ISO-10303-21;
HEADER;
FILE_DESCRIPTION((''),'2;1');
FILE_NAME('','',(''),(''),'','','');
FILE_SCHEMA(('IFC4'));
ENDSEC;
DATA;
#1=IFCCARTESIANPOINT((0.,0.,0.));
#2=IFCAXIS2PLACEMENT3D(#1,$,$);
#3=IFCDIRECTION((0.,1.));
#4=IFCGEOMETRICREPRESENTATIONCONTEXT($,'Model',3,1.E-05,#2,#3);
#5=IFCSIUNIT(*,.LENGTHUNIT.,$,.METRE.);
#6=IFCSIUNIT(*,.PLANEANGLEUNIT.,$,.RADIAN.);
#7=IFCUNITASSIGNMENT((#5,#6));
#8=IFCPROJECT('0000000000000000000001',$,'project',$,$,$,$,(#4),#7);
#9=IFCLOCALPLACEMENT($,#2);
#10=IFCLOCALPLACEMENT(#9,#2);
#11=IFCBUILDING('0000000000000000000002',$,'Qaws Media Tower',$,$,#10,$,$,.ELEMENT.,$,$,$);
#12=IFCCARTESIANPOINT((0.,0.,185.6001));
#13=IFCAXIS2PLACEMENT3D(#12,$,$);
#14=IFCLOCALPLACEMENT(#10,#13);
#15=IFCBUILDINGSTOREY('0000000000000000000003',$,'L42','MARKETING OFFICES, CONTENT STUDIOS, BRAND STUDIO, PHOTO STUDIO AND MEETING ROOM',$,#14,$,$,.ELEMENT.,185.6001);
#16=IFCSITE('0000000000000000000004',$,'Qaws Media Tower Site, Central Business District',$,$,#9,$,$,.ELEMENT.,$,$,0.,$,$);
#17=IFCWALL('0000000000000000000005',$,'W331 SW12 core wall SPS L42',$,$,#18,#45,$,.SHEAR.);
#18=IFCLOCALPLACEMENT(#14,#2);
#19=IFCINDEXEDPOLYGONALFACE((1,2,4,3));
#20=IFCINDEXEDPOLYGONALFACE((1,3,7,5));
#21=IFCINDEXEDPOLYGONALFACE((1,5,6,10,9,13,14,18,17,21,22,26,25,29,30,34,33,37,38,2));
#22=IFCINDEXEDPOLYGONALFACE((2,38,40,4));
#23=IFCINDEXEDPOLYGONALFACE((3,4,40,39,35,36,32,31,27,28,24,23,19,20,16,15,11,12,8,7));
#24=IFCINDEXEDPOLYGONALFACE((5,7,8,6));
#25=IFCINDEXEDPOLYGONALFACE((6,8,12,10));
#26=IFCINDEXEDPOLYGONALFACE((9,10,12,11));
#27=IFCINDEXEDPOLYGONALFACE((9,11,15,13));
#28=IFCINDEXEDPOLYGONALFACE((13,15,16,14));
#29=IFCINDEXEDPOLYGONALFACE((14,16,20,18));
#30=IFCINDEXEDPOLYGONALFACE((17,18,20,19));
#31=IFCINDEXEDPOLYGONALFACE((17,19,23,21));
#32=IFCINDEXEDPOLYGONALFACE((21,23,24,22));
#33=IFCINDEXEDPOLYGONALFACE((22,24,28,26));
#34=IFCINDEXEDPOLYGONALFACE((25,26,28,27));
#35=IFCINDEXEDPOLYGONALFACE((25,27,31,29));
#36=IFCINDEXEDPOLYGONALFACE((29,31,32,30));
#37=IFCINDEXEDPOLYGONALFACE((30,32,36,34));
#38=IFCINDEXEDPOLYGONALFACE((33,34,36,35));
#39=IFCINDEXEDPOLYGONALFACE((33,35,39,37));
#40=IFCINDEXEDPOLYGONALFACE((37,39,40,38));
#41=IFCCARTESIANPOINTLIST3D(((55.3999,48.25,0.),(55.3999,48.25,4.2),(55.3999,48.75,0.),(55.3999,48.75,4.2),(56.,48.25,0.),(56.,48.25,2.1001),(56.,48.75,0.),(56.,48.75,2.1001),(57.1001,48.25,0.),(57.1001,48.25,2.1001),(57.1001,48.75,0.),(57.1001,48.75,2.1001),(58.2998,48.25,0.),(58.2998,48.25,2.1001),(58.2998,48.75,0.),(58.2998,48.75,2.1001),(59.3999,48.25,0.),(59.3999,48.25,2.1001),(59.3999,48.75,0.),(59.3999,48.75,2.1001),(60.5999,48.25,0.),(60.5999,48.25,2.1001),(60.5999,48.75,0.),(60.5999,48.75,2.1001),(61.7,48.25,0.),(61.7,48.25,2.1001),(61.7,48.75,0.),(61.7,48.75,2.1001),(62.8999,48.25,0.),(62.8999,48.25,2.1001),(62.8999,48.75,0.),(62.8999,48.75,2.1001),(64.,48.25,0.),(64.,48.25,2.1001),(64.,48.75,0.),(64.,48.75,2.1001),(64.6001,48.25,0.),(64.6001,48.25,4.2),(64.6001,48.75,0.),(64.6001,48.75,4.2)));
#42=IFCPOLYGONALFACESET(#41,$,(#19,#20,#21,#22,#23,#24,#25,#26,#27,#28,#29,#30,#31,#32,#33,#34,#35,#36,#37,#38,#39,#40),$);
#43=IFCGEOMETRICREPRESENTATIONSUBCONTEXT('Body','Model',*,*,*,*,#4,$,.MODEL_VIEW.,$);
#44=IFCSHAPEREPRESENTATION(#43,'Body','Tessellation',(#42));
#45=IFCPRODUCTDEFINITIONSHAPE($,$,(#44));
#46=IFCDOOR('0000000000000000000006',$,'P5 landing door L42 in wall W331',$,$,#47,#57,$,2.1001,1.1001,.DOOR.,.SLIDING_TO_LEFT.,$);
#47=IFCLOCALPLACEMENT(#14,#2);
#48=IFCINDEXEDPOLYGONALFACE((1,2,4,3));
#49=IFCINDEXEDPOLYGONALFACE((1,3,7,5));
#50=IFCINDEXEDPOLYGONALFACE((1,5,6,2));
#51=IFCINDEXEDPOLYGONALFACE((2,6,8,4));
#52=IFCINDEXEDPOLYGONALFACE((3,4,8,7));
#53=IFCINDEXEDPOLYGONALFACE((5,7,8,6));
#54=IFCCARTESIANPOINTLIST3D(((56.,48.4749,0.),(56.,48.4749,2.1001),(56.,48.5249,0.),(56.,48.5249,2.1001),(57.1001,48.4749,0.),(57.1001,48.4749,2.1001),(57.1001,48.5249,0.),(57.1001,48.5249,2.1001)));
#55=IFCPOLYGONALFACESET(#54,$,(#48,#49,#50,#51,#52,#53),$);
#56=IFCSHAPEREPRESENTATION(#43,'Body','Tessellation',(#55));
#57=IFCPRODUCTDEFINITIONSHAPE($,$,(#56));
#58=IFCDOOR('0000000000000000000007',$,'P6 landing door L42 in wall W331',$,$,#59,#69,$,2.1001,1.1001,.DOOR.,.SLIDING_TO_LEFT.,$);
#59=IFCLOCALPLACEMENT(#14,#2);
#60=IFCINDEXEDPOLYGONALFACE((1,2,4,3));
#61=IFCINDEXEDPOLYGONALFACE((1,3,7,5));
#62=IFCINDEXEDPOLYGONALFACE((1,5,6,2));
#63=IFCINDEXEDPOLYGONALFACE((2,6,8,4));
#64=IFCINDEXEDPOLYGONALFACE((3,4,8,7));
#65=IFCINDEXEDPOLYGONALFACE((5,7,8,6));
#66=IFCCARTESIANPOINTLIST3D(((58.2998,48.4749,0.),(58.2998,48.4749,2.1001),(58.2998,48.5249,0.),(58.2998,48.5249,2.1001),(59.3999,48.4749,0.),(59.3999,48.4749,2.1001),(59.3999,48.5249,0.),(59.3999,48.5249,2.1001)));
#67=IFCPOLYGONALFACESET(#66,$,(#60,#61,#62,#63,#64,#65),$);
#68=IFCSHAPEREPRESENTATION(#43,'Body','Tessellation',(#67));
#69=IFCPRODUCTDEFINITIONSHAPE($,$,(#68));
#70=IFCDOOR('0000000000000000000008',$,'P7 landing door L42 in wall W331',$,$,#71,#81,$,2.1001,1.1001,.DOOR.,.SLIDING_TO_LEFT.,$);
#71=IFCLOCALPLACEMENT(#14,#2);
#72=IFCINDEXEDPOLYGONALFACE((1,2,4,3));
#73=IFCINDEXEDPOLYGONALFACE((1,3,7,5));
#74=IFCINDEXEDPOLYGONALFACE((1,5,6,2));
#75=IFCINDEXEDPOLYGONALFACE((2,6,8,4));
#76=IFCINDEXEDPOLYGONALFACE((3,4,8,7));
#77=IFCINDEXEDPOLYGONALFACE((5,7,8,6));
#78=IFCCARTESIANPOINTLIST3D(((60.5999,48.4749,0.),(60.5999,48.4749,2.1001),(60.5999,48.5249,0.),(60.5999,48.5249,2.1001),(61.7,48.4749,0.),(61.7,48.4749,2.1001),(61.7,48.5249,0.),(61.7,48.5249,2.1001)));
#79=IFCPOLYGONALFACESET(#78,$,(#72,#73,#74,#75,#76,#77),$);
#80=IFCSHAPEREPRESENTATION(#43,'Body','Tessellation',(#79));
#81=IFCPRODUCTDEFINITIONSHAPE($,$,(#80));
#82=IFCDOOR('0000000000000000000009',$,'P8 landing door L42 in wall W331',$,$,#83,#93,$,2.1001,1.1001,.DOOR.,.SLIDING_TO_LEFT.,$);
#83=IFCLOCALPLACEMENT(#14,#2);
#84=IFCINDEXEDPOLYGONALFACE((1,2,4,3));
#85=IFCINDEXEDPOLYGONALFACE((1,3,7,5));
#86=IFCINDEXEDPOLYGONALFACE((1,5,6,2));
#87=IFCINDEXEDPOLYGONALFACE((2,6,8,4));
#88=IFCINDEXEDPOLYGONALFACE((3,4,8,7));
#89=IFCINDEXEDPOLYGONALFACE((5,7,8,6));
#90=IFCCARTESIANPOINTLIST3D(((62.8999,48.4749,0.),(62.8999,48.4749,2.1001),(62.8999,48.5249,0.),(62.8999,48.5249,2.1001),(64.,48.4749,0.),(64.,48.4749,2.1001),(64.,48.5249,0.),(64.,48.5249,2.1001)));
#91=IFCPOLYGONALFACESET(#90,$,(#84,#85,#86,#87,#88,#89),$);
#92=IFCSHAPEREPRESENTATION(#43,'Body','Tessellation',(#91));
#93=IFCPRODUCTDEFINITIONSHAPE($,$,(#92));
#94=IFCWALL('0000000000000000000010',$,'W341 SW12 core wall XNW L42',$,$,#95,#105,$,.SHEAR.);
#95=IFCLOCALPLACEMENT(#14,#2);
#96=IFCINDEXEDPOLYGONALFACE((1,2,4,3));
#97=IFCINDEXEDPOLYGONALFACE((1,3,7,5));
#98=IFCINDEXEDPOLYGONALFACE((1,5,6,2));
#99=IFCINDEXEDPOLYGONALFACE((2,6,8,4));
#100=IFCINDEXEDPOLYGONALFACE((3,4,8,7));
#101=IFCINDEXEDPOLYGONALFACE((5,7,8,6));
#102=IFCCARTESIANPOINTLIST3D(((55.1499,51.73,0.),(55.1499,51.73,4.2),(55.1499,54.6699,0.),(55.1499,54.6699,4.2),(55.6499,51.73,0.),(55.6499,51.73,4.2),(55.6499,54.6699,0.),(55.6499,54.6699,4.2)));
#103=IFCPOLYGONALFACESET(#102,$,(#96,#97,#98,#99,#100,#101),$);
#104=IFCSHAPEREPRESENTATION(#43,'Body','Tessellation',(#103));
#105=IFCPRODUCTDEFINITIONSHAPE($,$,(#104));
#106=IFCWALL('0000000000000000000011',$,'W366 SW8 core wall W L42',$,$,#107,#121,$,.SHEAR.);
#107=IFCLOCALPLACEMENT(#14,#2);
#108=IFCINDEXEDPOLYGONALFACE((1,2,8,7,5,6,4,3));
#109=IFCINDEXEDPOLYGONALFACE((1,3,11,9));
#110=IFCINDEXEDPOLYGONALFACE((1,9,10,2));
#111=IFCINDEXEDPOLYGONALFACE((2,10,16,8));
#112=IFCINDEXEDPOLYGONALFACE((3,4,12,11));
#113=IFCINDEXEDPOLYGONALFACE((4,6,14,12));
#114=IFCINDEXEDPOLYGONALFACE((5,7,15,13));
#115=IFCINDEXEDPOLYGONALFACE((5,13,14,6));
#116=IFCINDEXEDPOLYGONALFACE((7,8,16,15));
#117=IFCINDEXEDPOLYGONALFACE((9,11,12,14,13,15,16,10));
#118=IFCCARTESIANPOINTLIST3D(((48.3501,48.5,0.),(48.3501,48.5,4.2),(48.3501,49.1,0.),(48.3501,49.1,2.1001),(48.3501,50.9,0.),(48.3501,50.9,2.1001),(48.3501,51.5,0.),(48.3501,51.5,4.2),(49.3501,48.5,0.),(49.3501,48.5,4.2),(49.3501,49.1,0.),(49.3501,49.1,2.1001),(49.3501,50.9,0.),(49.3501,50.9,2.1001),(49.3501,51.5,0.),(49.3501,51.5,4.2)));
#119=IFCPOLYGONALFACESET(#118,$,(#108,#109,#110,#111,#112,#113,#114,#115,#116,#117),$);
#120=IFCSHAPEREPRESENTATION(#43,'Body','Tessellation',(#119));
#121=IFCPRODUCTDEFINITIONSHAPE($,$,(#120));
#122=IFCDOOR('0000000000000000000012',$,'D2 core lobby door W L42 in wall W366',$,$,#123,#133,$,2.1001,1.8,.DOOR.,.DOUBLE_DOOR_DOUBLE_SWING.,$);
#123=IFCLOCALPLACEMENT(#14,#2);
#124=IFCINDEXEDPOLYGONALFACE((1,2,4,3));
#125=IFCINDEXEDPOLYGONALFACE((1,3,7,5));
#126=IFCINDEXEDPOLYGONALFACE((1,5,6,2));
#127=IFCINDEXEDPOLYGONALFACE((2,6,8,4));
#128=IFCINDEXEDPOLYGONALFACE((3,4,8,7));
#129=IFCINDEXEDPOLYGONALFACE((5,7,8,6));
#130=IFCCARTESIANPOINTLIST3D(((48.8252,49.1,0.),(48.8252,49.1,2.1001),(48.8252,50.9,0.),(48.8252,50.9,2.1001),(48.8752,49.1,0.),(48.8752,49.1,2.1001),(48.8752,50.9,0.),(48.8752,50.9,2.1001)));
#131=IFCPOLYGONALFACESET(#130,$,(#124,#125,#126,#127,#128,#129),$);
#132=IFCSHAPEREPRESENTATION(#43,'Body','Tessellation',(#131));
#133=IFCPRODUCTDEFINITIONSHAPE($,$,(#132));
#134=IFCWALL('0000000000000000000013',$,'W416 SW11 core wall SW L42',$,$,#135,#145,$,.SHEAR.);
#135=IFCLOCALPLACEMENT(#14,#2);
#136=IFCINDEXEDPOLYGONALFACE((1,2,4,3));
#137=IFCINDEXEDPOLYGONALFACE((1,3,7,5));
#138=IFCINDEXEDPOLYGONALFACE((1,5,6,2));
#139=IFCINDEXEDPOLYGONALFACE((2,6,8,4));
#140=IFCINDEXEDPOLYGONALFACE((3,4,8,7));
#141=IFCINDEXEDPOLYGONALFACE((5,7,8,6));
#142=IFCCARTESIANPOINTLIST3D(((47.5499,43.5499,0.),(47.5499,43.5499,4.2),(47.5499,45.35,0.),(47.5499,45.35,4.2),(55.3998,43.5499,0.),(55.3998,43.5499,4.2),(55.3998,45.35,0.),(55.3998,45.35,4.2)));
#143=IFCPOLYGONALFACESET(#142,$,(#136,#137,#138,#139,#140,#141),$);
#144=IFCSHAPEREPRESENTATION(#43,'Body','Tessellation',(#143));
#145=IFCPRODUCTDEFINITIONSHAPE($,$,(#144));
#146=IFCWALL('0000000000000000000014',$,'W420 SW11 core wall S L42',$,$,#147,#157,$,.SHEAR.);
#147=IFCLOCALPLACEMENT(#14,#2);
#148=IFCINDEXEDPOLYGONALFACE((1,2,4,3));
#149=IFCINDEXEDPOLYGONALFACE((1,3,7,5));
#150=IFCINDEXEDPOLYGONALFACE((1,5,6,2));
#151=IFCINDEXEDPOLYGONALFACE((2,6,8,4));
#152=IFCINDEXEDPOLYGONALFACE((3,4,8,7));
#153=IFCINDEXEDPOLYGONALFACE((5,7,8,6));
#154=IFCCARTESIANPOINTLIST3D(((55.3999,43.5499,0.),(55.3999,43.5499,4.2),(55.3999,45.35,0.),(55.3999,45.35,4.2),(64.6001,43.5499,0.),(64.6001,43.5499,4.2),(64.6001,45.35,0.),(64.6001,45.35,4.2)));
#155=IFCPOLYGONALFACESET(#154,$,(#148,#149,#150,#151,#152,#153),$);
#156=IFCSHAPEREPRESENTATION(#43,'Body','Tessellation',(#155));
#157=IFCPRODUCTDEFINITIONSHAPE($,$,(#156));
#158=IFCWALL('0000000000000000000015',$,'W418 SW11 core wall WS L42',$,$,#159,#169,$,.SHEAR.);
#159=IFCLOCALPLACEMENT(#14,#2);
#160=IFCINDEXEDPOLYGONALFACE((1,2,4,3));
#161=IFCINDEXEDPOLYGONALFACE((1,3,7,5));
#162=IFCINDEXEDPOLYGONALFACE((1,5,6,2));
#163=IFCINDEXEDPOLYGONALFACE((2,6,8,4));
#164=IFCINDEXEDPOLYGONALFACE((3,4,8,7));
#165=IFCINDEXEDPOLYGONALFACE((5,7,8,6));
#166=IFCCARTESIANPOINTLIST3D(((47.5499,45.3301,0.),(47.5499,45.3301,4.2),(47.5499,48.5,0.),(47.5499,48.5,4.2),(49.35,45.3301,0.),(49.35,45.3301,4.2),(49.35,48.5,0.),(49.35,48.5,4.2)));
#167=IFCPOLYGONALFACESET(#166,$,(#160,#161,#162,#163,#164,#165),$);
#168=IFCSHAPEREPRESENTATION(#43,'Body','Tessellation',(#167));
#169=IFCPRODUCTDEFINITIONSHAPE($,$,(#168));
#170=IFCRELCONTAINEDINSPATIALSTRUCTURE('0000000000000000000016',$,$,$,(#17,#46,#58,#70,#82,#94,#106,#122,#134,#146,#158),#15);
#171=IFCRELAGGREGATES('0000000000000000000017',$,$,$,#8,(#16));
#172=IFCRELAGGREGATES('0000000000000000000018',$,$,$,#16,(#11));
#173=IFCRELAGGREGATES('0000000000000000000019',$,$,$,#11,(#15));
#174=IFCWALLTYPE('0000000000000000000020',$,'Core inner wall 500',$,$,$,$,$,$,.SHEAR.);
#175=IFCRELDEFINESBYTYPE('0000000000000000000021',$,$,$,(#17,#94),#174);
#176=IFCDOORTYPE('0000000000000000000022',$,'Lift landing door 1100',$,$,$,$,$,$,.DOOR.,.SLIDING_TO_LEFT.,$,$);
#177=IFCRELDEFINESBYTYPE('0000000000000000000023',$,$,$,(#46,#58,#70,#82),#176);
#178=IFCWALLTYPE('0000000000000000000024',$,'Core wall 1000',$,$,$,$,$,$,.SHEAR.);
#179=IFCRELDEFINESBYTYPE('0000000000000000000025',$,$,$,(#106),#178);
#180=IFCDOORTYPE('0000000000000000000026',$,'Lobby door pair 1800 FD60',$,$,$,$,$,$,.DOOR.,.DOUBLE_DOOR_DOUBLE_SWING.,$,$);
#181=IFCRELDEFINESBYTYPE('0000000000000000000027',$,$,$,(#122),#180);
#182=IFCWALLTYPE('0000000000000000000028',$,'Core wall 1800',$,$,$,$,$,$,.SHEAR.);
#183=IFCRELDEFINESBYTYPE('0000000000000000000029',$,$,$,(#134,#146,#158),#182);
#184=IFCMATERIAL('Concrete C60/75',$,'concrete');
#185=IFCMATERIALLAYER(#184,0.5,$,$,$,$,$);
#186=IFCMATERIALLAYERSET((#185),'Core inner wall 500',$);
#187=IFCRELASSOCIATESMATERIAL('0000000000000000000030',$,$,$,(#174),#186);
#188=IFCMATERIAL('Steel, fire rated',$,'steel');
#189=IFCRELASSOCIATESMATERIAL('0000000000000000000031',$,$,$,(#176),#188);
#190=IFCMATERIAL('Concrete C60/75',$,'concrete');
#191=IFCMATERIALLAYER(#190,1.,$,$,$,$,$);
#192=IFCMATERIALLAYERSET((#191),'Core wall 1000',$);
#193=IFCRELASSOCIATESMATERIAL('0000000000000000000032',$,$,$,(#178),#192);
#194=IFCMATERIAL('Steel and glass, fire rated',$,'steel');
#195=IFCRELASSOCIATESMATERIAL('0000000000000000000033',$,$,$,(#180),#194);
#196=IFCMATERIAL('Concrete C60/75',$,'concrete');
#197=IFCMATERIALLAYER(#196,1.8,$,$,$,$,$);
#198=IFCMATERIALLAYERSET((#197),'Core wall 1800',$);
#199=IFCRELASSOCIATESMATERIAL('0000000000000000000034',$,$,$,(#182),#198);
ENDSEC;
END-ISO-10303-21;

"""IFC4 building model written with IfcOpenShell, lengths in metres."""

from ifc_helpers import new_model, si_unit, direction, frame, frame_2d, origin, place, context, subcontext, project, spatial, rectangle, extrude, material, layer, layer_set, type_object, element, fill, save


model = new_model("IFC4")

# Units and contexts
model_context = context("Model", 3, precision=1e-05, world=origin(), true_north=direction((0.0, 1.0)))
body_context = subcontext(model_context, "Body", "Model", "MODEL_VIEW")
ifc_project = project(units=[si_unit("LENGTHUNIT", "METRE"), si_unit("PLANEANGLEUNIT", "RADIAN")], contexts=[model_context])

# Site, building, storey
site_placement = place(None, origin())
site = spatial("IfcSite", under=ifc_project, at=site_placement, Name="Qaws Media Tower Site, Central Business District", CompositionType="ELEMENT", RefElevation=0.0)
building_placement = place(site_placement, origin())
building = spatial("IfcBuilding", under=site, at=building_placement, Name="Qaws Media Tower", CompositionType="ELEMENT")
storey_placement = place(building_placement, frame((0.0, 0.0, 185.6001)))
storey = spatial("IfcBuildingStorey", under=building, at=storey_placement, Name="L42", Description="MARKETING OFFICES, CONTENT STUDIOS, BRAND STUDIO, PHOTO STUDIO AND MEETING ROOM", CompositionType="ELEMENT", Elevation=185.6001)

# Shared definitions
ifc_material_1 = material(Name="Concrete C60/75", Category="concrete")
ifc_layer_1 = layer(ifc_material_1, 0.5)
ifc_layer_set_1 = layer_set([ifc_layer_1], Name="Core inner wall 500")
wall_type_1 = type_object("IfcWallType", Name="Core inner wall 500", PredefinedType="SHEAR", material=ifc_layer_set_1)

# Wall, openings, doors
wall_1_placement = place(storey_placement, frame((55.3999, 48.5, 0.0), z_axis=(0.0, 0.0, 1.0), x_axis=(1.0, 0.0, 0.0)))
wall_1 = element("IfcWall", 1, at=wall_1_placement, inside=storey, type_object=wall_type_1, Name="W331 SW12 core wall SPS L42", PredefinedType="SHEAR", context=body_context, shape_type="SweptSolid", body=[
    extrude(rectangle(XDim=9.2002, YDim=0.5, at=frame_2d((4.6001, 0.0))), origin(), (0.0, 0.0, 1.0), 4.2),
])
opening_1_placement = place(wall_1_placement, frame((0.6001, 0.0, 0.0)))
opening_1 = element("IfcOpeningElement", 2, at=opening_1_placement, cuts=wall_1, PredefinedType="OPENING", context=body_context, shape_type="SweptSolid", body=[
    extrude(rectangle(XDim=1.1001, YDim=2.1001, at=frame_2d((0.55, 1.05))), frame((0.0, 0.26, 0.0), z_axis=(0.0, -1.0, 0.0), x_axis=(1.0, 0.0, 0.0)), (0.0, 0.0, 1.0), 0.52),
])
opening_2_placement = place(wall_1_placement, frame((2.8999, 0.0, 0.0)))
opening_2 = element("IfcOpeningElement", 3, at=opening_2_placement, cuts=wall_1, PredefinedType="OPENING", context=body_context, shape_type="SweptSolid", body=[
    extrude(rectangle(XDim=1.1001, YDim=2.1001, at=frame_2d((0.55, 1.05))), frame((0.0, 0.26, 0.0), z_axis=(0.0, -1.0, 0.0), x_axis=(1.0, 0.0, 0.0)), (0.0, 0.0, 1.0), 0.52),
])
opening_3_placement = place(wall_1_placement, frame((5.2, 0.0, 0.0)))
opening_3 = element("IfcOpeningElement", 4, at=opening_3_placement, cuts=wall_1, PredefinedType="OPENING", context=body_context, shape_type="SweptSolid", body=[
    extrude(rectangle(XDim=1.1001, YDim=2.1001, at=frame_2d((0.55, 1.05))), frame((0.0, 0.26, 0.0), z_axis=(0.0, -1.0, 0.0), x_axis=(1.0, 0.0, 0.0)), (0.0, 0.0, 1.0), 0.52),
])
opening_4_placement = place(wall_1_placement, frame((7.5, 0.0, 0.0)))
opening_4 = element("IfcOpeningElement", 5, at=opening_4_placement, cuts=wall_1, PredefinedType="OPENING", context=body_context, shape_type="SweptSolid", body=[
    extrude(rectangle(XDim=1.1001, YDim=2.1001, at=frame_2d((0.55, 1.05))), frame((0.0, 0.26, 0.0), z_axis=(0.0, -1.0, 0.0), x_axis=(1.0, 0.0, 0.0)), (0.0, 0.0, 1.0), 0.52),
])
ifc_material_2 = material(Name="Steel, fire rated", Category="steel")
door_type_1 = type_object("IfcDoorType", Name="Lift landing door 1100", OperationType="SLIDING_TO_LEFT", PredefinedType="DOOR", material=ifc_material_2)
door_1_placement = place(opening_1_placement, origin())
door_1 = element("IfcDoor", 6, at=door_1_placement, inside=storey, type_object=door_type_1, Name="P5 landing door L42 in wall W331", OperationType="SLIDING_TO_LEFT", OverallHeight=2.1001, OverallWidth=1.1001, PredefinedType="DOOR", context=body_context, shape_type="SweptSolid", body=[
    extrude(rectangle(XDim=1.1001, YDim=2.1001, at=frame_2d((0.55, 1.05))), frame((0.0, 0.0249, 0.0), z_axis=(0.0, -1.0, 0.0), x_axis=(1.0, 0.0, 0.0)), (0.0, 0.0, 1.0), 0.05),
])
fill(opening_1, door_1)
door_2_placement = place(opening_2_placement, origin())
door_2 = element("IfcDoor", 7, at=door_2_placement, inside=storey, type_object=door_type_1, Name="P6 landing door L42 in wall W331", OperationType="SLIDING_TO_LEFT", OverallHeight=2.1001, OverallWidth=1.1001, PredefinedType="DOOR", context=body_context, shape_type="SweptSolid", body=[
    extrude(rectangle(XDim=1.1001, YDim=2.1001, at=frame_2d((0.55, 1.05))), frame((0.0, 0.0249, 0.0), z_axis=(0.0, -1.0, 0.0), x_axis=(1.0, 0.0, 0.0)), (0.0, 0.0, 1.0), 0.05),
])
fill(opening_2, door_2)
door_3_placement = place(opening_3_placement, origin())
door_3 = element("IfcDoor", 8, at=door_3_placement, inside=storey, type_object=door_type_1, Name="P7 landing door L42 in wall W331", OperationType="SLIDING_TO_LEFT", OverallHeight=2.1001, OverallWidth=1.1001, PredefinedType="DOOR", context=body_context, shape_type="SweptSolid", body=[
    extrude(rectangle(XDim=1.1001, YDim=2.1001, at=frame_2d((0.55, 1.05))), frame((0.0, 0.0249, 0.0), z_axis=(0.0, -1.0, 0.0), x_axis=(1.0, 0.0, 0.0)), (0.0, 0.0, 1.0), 0.05),
])
fill(opening_3, door_3)
door_4_placement = place(opening_4_placement, origin())
door_4 = element("IfcDoor", 9, at=door_4_placement, inside=storey, type_object=door_type_1, Name="P8 landing door L42 in wall W331", OperationType="SLIDING_TO_LEFT", OverallHeight=2.1001, OverallWidth=1.1001, PredefinedType="DOOR", context=body_context, shape_type="SweptSolid", body=[
    extrude(rectangle(XDim=1.1001, YDim=2.1001, at=frame_2d((0.55, 1.05))), frame((0.0, 0.0249, 0.0), z_axis=(0.0, -1.0, 0.0), x_axis=(1.0, 0.0, 0.0)), (0.0, 0.0, 1.0), 0.05),
])
fill(opening_4, door_4)

# Wall
wall_2_placement = place(storey_placement, frame((55.3999, 51.73, 0.0), z_axis=(0.0, 0.0, 1.0), x_axis=(0.0, 1.0, 0.0)))
element("IfcWall", 10, at=wall_2_placement, inside=storey, type_object=wall_type_1, Name="W341 SW12 core wall XNW L42", PredefinedType="SHEAR", context=body_context, shape_type="SweptSolid", body=[
    extrude(rectangle(XDim=2.9399, YDim=0.5, at=frame_2d((1.47, 0.0))), origin(), (0.0, 0.0, 1.0), 4.2),
])

# Wall, opening, door
ifc_material_3 = material(Name="Concrete C60/75", Category="concrete")
ifc_layer_2 = layer(ifc_material_3, 1.0)
ifc_layer_set_2 = layer_set([ifc_layer_2], Name="Core wall 1000")
wall_type_2 = type_object("IfcWallType", Name="Core wall 1000", PredefinedType="SHEAR", material=ifc_layer_set_2)
wall_3_placement = place(storey_placement, frame((48.8501, 48.5, 0.0), z_axis=(0.0, 0.0, 1.0), x_axis=(0.0, 1.0, 0.0)))
wall_3 = element("IfcWall", 11, at=wall_3_placement, inside=storey, type_object=wall_type_2, Name="W366 SW8 core wall W L42", PredefinedType="SHEAR", context=body_context, shape_type="SweptSolid", body=[
    extrude(rectangle(XDim=3.0, YDim=1.0, at=frame_2d((1.5, 0.0))), origin(), (0.0, 0.0, 1.0), 4.2),
])
opening_5_placement = place(wall_3_placement, frame((0.6001, 0.0, 0.0)))
opening_5 = element("IfcOpeningElement", 12, at=opening_5_placement, cuts=wall_3, PredefinedType="OPENING", context=body_context, shape_type="SweptSolid", body=[
    extrude(rectangle(XDim=1.8, YDim=2.1001, at=frame_2d((0.8999, 1.05))), frame((0.0, 0.51, 0.0), z_axis=(0.0, -1.0, 0.0), x_axis=(1.0, 0.0, 0.0)), (0.0, 0.0, 1.0), 1.02),
])
ifc_material_4 = material(Name="Steel and glass, fire rated", Category="steel")
door_type_2 = type_object("IfcDoorType", Name="Lobby door pair 1800 FD60", OperationType="DOUBLE_DOOR_DOUBLE_SWING", PredefinedType="DOOR", material=ifc_material_4)
door_5_placement = place(opening_5_placement, origin())
door_5 = element("IfcDoor", 13, at=door_5_placement, inside=storey, type_object=door_type_2, Name="D2 core lobby door W L42 in wall W366", OperationType="DOUBLE_DOOR_DOUBLE_SWING", OverallHeight=2.1001, OverallWidth=1.8, PredefinedType="DOOR", context=body_context, shape_type="SweptSolid", body=[
    extrude(rectangle(XDim=1.8, YDim=2.1001, at=frame_2d((0.8999, 1.05))), frame((0.0, 0.0249, 0.0), z_axis=(0.0, -1.0, 0.0), x_axis=(1.0, 0.0, 0.0)), (0.0, 0.0, 1.0), 0.05),
])
fill(opening_5, door_5)

# Walls
ifc_material_5 = material(Name="Concrete C60/75", Category="concrete")
ifc_layer_3 = layer(ifc_material_5, 1.8)
ifc_layer_set_3 = layer_set([ifc_layer_3], Name="Core wall 1800")
wall_type_3 = type_object("IfcWallType", Name="Core wall 1800", PredefinedType="SHEAR", material=ifc_layer_set_3)
wall_4_placement = place(storey_placement, frame((47.55, 44.45, 0.0), z_axis=(0.0, 0.0, 1.0), x_axis=(1.0, 0.0, 0.0)))
element("IfcWall", 14, at=wall_4_placement, inside=storey, type_object=wall_type_3, Name="W416 SW11 core wall SW L42", PredefinedType="SHEAR", context=body_context, shape_type="SweptSolid", body=[
    extrude(rectangle(XDim=7.8499, YDim=1.8, at=frame_2d((3.9248, 0.0))), origin(), (0.0, 0.0, 1.0), 4.2),
])
wall_5_placement = place(storey_placement, frame((55.3999, 44.45, 0.0), z_axis=(0.0, 0.0, 1.0), x_axis=(1.0, 0.0, 0.0)))
element("IfcWall", 15, at=wall_5_placement, inside=storey, type_object=wall_type_3, Name="W420 SW11 core wall S L42", PredefinedType="SHEAR", context=body_context, shape_type="SweptSolid", body=[
    extrude(rectangle(XDim=9.2002, YDim=1.8, at=frame_2d((4.6001, 0.0))), origin(), (0.0, 0.0, 1.0), 4.2),
])
for number, where, z_axis, x_axis, name in (
    (16, (48.45, 45.3301, 0.0), (0.0, 0.0, 1.0), (0.0, 1.0, 0.0), "W418 SW11 core wall WS L42"),
):
    element("IfcWall", number, at=place(storey_placement, frame(where, z_axis=z_axis, x_axis=x_axis)), inside=storey, type_object=wall_type_3, Name=name, PredefinedType="SHEAR", context=body_context, shape_type="SweptSolid", body=[
        extrude(rectangle(XDim=3.1699, YDim=1.8, at=frame_2d((1.585, 0.0))), origin(), (0.0, 0.0, 1.0), 4.2),
    ])

save(model, "model.ifc")
